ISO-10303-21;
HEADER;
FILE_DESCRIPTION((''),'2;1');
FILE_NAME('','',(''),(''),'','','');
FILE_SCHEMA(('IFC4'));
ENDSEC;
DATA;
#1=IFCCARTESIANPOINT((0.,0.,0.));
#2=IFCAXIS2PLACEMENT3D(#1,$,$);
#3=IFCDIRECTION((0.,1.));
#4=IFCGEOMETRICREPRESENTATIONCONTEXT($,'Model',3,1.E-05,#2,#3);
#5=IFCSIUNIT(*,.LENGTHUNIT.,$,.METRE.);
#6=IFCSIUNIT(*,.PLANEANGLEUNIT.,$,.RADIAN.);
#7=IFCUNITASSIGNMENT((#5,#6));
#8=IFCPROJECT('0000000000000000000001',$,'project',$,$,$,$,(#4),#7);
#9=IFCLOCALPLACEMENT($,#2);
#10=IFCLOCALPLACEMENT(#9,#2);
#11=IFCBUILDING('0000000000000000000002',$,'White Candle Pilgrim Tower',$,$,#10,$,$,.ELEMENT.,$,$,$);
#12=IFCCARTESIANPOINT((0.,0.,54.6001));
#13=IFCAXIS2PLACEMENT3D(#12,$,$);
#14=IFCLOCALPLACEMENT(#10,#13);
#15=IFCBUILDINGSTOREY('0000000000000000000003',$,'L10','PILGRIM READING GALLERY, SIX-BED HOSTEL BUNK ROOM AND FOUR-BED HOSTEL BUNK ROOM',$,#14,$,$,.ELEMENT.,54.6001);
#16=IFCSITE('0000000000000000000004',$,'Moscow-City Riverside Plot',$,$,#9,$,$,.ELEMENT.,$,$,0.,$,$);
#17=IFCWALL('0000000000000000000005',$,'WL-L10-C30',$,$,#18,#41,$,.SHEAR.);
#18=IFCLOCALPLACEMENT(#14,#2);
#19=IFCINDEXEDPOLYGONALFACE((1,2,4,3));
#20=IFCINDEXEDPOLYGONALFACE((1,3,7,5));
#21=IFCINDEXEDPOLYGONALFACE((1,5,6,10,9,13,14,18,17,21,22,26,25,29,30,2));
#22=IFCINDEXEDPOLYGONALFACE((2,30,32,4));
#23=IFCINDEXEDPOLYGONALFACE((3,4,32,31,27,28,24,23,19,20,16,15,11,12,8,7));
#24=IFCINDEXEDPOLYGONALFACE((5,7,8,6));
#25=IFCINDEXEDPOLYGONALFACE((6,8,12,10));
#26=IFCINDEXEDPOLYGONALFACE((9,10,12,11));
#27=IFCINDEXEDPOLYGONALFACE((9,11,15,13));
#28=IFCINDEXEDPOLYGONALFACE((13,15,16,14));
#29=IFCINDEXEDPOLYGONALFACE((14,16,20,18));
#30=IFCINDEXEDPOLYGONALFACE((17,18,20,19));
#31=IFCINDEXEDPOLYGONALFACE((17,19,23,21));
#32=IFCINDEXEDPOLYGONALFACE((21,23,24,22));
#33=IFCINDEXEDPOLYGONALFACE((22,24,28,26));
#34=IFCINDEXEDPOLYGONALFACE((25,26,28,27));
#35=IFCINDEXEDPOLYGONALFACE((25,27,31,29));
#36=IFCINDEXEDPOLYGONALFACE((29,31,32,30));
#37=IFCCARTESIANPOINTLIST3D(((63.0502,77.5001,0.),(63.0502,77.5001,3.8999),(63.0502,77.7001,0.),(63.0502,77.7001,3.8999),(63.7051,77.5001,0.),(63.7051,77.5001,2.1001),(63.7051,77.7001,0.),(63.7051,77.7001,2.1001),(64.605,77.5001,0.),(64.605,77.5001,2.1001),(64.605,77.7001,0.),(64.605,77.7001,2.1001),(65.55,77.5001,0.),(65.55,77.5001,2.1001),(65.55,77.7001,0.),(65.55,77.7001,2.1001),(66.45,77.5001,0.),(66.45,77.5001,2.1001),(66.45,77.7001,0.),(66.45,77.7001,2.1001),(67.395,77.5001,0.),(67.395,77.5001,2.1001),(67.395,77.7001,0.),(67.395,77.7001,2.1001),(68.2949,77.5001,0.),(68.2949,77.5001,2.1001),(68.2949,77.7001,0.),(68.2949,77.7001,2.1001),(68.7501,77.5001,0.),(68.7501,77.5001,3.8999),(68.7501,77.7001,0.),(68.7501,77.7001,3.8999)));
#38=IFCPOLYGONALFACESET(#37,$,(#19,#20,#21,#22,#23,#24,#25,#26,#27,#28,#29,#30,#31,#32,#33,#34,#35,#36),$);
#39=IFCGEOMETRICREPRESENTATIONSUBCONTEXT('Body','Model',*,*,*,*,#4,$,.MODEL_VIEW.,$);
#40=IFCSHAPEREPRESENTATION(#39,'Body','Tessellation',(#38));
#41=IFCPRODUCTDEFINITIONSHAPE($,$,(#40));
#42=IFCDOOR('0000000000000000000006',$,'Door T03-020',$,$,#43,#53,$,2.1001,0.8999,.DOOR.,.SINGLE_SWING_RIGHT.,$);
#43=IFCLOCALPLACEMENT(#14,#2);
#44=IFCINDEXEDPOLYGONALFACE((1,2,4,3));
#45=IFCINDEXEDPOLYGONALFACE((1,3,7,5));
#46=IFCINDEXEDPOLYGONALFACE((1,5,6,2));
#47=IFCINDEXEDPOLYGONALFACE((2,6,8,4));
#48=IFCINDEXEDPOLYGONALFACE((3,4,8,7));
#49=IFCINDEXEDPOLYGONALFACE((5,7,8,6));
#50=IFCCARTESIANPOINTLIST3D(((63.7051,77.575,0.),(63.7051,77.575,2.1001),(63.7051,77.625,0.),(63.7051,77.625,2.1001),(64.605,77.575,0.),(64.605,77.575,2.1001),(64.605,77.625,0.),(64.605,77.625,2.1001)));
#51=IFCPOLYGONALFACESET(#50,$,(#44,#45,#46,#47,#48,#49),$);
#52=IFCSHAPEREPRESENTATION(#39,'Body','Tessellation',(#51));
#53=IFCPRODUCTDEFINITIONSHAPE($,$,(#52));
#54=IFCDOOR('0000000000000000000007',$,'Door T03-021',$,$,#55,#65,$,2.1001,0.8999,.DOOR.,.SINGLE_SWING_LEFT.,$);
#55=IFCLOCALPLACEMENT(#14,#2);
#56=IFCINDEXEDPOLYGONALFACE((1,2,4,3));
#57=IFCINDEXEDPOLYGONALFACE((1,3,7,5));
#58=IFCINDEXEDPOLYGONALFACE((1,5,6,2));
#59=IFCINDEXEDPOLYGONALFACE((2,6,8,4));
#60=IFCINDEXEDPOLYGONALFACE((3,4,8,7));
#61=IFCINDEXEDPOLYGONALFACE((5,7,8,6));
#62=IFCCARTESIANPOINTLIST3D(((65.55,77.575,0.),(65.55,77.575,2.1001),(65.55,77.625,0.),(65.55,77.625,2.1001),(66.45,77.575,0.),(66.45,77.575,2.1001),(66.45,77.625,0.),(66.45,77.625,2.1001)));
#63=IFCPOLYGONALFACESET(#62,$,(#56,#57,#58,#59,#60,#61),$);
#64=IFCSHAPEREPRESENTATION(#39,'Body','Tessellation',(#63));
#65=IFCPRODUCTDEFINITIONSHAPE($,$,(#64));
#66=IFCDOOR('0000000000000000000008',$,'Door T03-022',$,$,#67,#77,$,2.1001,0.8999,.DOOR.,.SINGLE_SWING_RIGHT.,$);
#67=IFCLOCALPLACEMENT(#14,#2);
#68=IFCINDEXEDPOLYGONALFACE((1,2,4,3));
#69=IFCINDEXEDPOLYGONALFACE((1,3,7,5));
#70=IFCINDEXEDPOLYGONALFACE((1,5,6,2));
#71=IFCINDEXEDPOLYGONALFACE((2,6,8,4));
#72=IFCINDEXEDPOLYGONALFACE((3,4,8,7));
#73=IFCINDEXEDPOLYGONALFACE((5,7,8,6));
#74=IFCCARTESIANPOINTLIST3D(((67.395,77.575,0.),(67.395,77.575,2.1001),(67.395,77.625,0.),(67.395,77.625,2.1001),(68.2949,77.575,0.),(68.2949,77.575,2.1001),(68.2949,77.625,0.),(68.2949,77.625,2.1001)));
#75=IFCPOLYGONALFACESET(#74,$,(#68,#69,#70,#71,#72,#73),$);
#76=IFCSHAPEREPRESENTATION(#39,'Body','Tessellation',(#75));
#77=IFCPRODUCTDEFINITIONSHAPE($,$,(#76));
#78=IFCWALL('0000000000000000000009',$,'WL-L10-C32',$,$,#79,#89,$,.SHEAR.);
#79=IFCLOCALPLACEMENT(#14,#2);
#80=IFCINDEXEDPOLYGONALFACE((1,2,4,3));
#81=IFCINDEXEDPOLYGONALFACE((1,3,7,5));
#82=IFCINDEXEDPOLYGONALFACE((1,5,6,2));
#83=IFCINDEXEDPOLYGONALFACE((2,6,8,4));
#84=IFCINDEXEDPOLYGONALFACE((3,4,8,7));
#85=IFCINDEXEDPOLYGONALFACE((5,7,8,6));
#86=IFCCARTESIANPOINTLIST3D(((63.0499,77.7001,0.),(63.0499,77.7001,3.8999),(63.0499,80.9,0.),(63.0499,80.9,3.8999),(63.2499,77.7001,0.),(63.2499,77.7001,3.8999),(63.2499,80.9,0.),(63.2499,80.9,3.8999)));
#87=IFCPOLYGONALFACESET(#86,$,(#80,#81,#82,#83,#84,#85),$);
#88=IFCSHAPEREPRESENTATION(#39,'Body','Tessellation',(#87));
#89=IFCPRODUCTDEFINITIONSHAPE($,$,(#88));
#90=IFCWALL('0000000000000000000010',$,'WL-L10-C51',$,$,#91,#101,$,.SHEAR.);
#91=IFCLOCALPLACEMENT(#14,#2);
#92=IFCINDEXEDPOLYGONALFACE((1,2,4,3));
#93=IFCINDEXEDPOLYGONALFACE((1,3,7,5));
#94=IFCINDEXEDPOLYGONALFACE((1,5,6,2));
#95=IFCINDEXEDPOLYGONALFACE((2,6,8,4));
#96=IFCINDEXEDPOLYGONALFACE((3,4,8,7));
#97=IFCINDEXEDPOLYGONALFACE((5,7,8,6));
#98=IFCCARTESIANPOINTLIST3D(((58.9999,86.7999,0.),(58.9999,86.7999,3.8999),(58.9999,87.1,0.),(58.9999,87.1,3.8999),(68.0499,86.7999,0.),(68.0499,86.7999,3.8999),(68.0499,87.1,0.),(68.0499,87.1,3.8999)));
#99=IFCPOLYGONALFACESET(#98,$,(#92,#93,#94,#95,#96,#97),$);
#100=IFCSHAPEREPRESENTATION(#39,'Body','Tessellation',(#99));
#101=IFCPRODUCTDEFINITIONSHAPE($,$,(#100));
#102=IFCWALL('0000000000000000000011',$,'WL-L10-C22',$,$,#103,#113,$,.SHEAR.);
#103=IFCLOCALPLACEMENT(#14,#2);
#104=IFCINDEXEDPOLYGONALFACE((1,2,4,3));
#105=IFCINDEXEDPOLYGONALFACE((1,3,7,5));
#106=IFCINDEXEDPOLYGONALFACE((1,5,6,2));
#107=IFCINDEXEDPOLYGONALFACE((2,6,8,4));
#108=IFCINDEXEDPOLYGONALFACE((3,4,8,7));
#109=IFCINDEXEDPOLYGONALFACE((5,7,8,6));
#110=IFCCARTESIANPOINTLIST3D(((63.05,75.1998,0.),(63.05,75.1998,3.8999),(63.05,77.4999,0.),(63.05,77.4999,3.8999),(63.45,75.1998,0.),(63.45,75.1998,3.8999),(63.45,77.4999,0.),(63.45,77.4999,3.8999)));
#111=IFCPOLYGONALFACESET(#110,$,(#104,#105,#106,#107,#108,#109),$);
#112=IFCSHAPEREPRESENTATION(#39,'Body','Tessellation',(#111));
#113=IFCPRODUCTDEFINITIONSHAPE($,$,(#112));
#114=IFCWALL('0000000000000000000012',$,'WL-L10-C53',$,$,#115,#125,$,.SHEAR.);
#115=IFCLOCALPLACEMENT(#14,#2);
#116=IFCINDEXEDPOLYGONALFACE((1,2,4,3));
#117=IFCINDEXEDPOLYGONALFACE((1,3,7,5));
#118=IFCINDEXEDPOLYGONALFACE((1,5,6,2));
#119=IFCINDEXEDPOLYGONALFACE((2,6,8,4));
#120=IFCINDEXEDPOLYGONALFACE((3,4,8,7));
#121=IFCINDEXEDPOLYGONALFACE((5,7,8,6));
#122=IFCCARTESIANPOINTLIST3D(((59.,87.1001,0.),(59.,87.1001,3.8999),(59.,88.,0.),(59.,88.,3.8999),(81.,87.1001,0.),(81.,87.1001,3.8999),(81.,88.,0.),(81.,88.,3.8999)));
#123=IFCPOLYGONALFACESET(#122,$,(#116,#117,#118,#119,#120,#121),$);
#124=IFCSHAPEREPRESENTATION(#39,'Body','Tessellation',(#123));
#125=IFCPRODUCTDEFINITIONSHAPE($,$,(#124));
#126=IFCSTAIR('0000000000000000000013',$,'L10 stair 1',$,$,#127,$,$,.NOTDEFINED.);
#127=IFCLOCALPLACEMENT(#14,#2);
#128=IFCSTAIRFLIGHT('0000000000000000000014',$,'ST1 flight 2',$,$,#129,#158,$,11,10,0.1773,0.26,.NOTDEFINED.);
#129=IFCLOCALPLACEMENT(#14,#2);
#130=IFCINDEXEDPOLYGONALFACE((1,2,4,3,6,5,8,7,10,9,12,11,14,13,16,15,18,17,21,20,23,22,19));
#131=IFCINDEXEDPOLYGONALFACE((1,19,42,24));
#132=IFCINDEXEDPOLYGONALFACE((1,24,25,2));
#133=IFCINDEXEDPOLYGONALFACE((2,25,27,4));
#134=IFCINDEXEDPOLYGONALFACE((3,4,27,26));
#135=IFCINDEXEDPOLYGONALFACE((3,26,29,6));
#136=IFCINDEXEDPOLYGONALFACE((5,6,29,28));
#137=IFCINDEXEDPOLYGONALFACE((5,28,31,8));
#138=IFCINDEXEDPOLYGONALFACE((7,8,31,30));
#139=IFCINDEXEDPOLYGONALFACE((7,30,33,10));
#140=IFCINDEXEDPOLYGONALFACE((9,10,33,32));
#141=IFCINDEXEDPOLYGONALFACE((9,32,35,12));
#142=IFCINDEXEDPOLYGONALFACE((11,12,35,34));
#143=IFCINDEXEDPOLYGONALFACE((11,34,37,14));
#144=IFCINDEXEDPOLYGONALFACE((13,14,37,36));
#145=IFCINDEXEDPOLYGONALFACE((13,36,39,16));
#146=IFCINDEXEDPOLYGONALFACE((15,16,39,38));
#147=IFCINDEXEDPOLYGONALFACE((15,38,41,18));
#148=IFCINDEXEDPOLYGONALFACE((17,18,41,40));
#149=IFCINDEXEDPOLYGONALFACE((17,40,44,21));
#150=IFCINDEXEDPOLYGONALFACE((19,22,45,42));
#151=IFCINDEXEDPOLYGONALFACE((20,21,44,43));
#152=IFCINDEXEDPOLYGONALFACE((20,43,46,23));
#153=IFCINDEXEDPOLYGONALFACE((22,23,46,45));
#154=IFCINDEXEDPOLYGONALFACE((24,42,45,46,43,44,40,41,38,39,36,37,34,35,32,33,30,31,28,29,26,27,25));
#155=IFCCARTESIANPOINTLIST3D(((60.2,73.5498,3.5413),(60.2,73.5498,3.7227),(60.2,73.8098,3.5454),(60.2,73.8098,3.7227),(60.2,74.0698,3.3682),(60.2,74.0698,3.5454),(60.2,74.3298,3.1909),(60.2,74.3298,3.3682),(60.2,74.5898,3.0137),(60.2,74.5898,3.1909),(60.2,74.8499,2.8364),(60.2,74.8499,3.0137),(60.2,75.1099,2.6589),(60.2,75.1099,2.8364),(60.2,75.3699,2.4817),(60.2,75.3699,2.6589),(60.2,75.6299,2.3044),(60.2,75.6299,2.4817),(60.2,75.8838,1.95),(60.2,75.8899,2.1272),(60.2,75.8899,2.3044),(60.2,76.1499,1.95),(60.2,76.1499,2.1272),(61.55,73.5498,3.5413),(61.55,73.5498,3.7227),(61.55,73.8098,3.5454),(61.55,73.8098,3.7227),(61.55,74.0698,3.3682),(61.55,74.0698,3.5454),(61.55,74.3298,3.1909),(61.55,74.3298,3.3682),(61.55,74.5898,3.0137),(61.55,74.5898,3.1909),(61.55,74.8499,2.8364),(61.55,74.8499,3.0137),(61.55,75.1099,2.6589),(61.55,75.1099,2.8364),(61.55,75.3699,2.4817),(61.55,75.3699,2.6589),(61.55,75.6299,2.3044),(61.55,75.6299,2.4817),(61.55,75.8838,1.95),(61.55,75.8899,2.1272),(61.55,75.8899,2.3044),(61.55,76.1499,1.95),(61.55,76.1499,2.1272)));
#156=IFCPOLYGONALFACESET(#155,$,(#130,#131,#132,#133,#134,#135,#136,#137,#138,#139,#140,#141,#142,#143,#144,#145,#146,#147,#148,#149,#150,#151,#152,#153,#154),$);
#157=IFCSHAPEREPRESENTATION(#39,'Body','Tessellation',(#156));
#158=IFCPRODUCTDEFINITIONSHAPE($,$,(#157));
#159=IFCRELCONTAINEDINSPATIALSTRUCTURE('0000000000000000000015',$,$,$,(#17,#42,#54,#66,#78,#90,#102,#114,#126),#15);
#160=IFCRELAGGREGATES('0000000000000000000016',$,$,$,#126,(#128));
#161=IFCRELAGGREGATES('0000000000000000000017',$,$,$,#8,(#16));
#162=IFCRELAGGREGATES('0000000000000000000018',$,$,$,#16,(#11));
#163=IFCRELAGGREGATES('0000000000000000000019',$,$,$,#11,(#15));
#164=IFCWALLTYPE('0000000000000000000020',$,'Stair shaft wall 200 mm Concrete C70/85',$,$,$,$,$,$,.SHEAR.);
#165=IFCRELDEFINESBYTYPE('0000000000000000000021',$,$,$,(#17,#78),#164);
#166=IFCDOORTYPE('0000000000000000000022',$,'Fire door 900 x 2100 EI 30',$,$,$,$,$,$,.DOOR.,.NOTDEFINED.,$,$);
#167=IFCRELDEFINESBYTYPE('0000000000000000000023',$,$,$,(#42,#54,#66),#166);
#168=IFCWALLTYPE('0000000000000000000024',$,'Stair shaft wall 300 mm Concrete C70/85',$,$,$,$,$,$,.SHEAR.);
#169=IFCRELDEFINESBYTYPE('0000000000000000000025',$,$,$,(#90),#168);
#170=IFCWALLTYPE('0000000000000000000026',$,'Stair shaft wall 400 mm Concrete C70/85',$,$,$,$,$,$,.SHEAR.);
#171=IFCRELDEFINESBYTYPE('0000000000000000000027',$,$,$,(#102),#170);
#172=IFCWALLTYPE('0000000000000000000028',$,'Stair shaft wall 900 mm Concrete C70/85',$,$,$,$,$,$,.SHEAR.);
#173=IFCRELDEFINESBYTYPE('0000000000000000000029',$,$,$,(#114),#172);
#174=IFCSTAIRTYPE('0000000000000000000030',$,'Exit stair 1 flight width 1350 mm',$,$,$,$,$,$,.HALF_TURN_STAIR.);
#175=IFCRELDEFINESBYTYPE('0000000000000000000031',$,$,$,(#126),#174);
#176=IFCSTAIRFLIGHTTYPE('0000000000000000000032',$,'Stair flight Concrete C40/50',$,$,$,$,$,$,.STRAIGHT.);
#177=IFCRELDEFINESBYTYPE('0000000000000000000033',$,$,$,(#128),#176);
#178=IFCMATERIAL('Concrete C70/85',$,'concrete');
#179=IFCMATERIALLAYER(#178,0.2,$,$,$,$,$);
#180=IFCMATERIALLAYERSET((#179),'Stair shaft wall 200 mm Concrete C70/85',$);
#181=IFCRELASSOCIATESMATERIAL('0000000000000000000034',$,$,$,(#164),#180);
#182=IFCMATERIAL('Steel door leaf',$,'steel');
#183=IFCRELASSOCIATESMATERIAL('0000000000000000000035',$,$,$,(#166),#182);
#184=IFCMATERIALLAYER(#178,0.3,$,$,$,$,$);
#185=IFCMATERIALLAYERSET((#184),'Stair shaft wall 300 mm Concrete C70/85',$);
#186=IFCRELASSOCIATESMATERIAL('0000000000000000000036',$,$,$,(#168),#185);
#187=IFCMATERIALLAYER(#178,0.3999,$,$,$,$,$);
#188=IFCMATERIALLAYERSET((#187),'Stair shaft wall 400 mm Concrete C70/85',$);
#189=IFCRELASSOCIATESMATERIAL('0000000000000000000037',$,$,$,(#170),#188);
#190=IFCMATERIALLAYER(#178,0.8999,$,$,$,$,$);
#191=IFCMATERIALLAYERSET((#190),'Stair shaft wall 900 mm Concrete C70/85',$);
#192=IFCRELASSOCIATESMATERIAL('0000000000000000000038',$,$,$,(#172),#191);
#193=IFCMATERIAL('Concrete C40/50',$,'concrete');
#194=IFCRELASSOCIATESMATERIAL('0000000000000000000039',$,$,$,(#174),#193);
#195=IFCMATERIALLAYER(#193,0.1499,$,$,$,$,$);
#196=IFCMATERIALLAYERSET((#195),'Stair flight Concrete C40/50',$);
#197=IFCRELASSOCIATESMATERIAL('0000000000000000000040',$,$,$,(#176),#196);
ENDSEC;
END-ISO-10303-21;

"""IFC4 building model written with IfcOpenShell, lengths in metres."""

from ifc_helpers import new_model, si_unit, direction, frame, frame_2d, origin, place, context, subcontext, project, spatial, polyline, rectangle, outline, extrude, material, layer, layer_set, type_object, element, fill, aggregate, save


model = new_model("IFC4")

# Units and contexts
model_context = context("Model", 3, precision=1e-05, world=origin(), true_north=direction((0.0, 1.0)))
body_context = subcontext(model_context, "Body", "Model", "MODEL_VIEW")
ifc_project = project(units=[si_unit("LENGTHUNIT", "METRE"), si_unit("PLANEANGLEUNIT", "RADIAN")], contexts=[model_context])

# Site, building, storey
site_placement = place(None, origin())
site = spatial("IfcSite", under=ifc_project, at=site_placement, Name="Moscow-City Riverside Plot", CompositionType="ELEMENT", RefElevation=0.0)
building_placement = place(site_placement, origin())
building = spatial("IfcBuilding", under=site, at=building_placement, Name="White Candle Pilgrim Tower", CompositionType="ELEMENT")
storey_placement = place(building_placement, frame((0.0, 0.0, 54.6001)))
storey = spatial("IfcBuildingStorey", under=building, at=storey_placement, Name="L10", Description="PILGRIM READING GALLERY, SIX-BED HOSTEL BUNK ROOM AND FOUR-BED HOSTEL BUNK ROOM", CompositionType="ELEMENT", Elevation=54.6001)

# Shared definitions
ifc_material_1 = material(Name="Concrete C70/85", Category="concrete")
ifc_material_2 = material(Name="Steel door leaf", Category="steel")

# Wall, openings, doors
ifc_layer_1 = layer(ifc_material_1, 0.2)
ifc_layer_set_1 = layer_set([ifc_layer_1], Name="Stair shaft wall 200 mm Concrete C70/85")
wall_type_1 = type_object("IfcWallType", Name="Stair shaft wall 200 mm Concrete C70/85", PredefinedType="SHEAR", material=ifc_layer_set_1)
wall_1_placement = place(storey_placement, frame((63.05, 77.6001, 0.0), z_axis=(0.0, 0.0, 1.0), x_axis=(1.0, 0.0, 0.0)))
wall_1 = element("IfcWall", 1, at=wall_1_placement, inside=storey, type_object=wall_type_1, Name="WL-L10-C30", PredefinedType="SHEAR", context=body_context, shape_type="SweptSolid", body=[
    extrude(rectangle(XDim=5.7, YDim=0.2, at=frame_2d((2.8501, 0.0))), origin(), (0.0, 0.0, 1.0), 3.8999),
])
opening_1_placement = place(wall_1_placement, frame((0.655, 0.0, 0.0)))
opening_1 = element("IfcOpeningElement", 2, at=opening_1_placement, cuts=wall_1, PredefinedType="OPENING", context=body_context, shape_type="SweptSolid", body=[
    extrude(rectangle(XDim=0.8999, YDim=2.1001, at=frame_2d((0.45, 1.05))), frame((0.0, 0.1099, 0.0), z_axis=(0.0, -1.0, 0.0), x_axis=(1.0, 0.0, 0.0)), (0.0, 0.0, 1.0), 0.22),
])
opening_2_placement = place(wall_1_placement, frame((2.5, 0.0, 0.0)))
opening_2 = element("IfcOpeningElement", 3, at=opening_2_placement, cuts=wall_1, PredefinedType="OPENING", context=body_context, shape_type="SweptSolid", body=[
    extrude(rectangle(XDim=0.8999, YDim=2.1001, at=frame_2d((0.45, 1.05))), frame((0.0, 0.1099, 0.0), z_axis=(0.0, -1.0, 0.0), x_axis=(1.0, 0.0, 0.0)), (0.0, 0.0, 1.0), 0.22),
])
opening_3_placement = place(wall_1_placement, frame((4.345, 0.0, 0.0)))
opening_3 = element("IfcOpeningElement", 4, at=opening_3_placement, cuts=wall_1, PredefinedType="OPENING", context=body_context, shape_type="SweptSolid", body=[
    extrude(rectangle(XDim=0.8999, YDim=2.1001, at=frame_2d((0.45, 1.05))), frame((0.0, 0.1099, 0.0), z_axis=(0.0, -1.0, 0.0), x_axis=(1.0, 0.0, 0.0)), (0.0, 0.0, 1.0), 0.22),
])
door_type_1 = type_object("IfcDoorType", Name="Fire door 900 x 2100 EI 30", OperationType="NOTDEFINED", PredefinedType="DOOR", material=ifc_material_2)
door_1_placement = place(opening_1_placement, origin())
door_1 = element("IfcDoor", 5, at=door_1_placement, inside=storey, type_object=door_type_1, Name="Door T03-020", OperationType="SINGLE_SWING_RIGHT", OverallHeight=2.1001, OverallWidth=0.8999, PredefinedType="DOOR", context=body_context, shape_type="SweptSolid", body=[
    extrude(rectangle(XDim=0.8999, YDim=2.1001, at=frame_2d((0.45, 1.05))), frame((0.0, 0.0249, 0.0), z_axis=(0.0, -1.0, 0.0), x_axis=(1.0, 0.0, 0.0)), (0.0, 0.0, 1.0), 0.05),
])
fill(opening_1, door_1)
door_2_placement = place(opening_2_placement, origin())
door_2 = element("IfcDoor", 6, at=door_2_placement, inside=storey, type_object=door_type_1, Name="Door T03-021", OperationType="SINGLE_SWING_LEFT", OverallHeight=2.1001, OverallWidth=0.8999, PredefinedType="DOOR", context=body_context, shape_type="SweptSolid", body=[
    extrude(rectangle(XDim=0.8999, YDim=2.1001, at=frame_2d((0.45, 1.05))), frame((0.0, 0.0249, 0.0), z_axis=(0.0, -1.0, 0.0), x_axis=(1.0, 0.0, 0.0)), (0.0, 0.0, 1.0), 0.05),
])
fill(opening_2, door_2)
door_3_placement = place(opening_3_placement, origin())
door_3 = element("IfcDoor", 7, at=door_3_placement, inside=storey, type_object=door_type_1, Name="Door T03-022", OperationType="SINGLE_SWING_RIGHT", OverallHeight=2.1001, OverallWidth=0.8999, PredefinedType="DOOR", context=body_context, shape_type="SweptSolid", body=[
    extrude(rectangle(XDim=0.8999, YDim=2.1001, at=frame_2d((0.45, 1.05))), frame((0.0, 0.0249, 0.0), z_axis=(0.0, -1.0, 0.0), x_axis=(1.0, 0.0, 0.0)), (0.0, 0.0, 1.0), 0.05),
])
fill(opening_3, door_3)

# Walls
wall_2_placement = place(storey_placement, frame((63.1499, 77.7, 0.0), z_axis=(0.0, 0.0, 1.0), x_axis=(0.0, 1.0, 0.0)))
element("IfcWall", 8, at=wall_2_placement, inside=storey, type_object=wall_type_1, Name="WL-L10-C32", PredefinedType="SHEAR", context=body_context, shape_type="SweptSolid", body=[
    extrude(rectangle(XDim=3.2, YDim=0.2, at=frame_2d((1.6001, 0.0))), origin(), (0.0, 0.0, 1.0), 3.8999),
])
ifc_layer_2 = layer(ifc_material_1, 0.3)
ifc_layer_set_2 = layer_set([ifc_layer_2], Name="Stair shaft wall 300 mm Concrete C70/85")
wall_type_2 = type_object("IfcWallType", Name="Stair shaft wall 300 mm Concrete C70/85", PredefinedType="SHEAR", material=ifc_layer_set_2)
wall_3_placement = place(storey_placement, frame((59.0, 86.95, 0.0), z_axis=(0.0, 0.0, 1.0), x_axis=(1.0, 0.0, 0.0)))
element("IfcWall", 9, at=wall_3_placement, inside=storey, type_object=wall_type_2, Name="WL-L10-C51", PredefinedType="SHEAR", context=body_context, shape_type="SweptSolid", body=[
    extrude(rectangle(XDim=9.05, YDim=0.3, at=frame_2d((4.5249, 0.0))), origin(), (0.0, 0.0, 1.0), 3.8999),
])
ifc_layer_3 = layer(ifc_material_1, 0.3999)
ifc_layer_set_3 = layer_set([ifc_layer_3], Name="Stair shaft wall 400 mm Concrete C70/85")
wall_type_3 = type_object("IfcWallType", Name="Stair shaft wall 400 mm Concrete C70/85", PredefinedType="SHEAR", material=ifc_layer_set_3)
wall_4_placement = place(storey_placement, frame((63.25, 75.2, 0.0), z_axis=(0.0, 0.0, 1.0), x_axis=(0.0, 1.0, 0.0)))
element("IfcWall", 10, at=wall_4_placement, inside=storey, type_object=wall_type_3, Name="WL-L10-C22", PredefinedType="SHEAR", context=body_context, shape_type="SweptSolid", body=[
    extrude(rectangle(XDim=2.3, YDim=0.3999, at=frame_2d((1.1499, 0.0))), origin(), (0.0, 0.0, 1.0), 3.8999),
])
ifc_layer_4 = layer(ifc_material_1, 0.8999)
ifc_layer_set_4 = layer_set([ifc_layer_4], Name="Stair shaft wall 900 mm Concrete C70/85")
wall_type_4 = type_object("IfcWallType", Name="Stair shaft wall 900 mm Concrete C70/85", PredefinedType="SHEAR", material=ifc_layer_set_4)
wall_5_placement = place(storey_placement, frame((59.0, 87.55, 0.0), z_axis=(0.0, 0.0, 1.0), x_axis=(1.0, 0.0, 0.0)))
element("IfcWall", 11, at=wall_5_placement, inside=storey, type_object=wall_type_4, Name="WL-L10-C53", PredefinedType="SHEAR", context=body_context, shape_type="SweptSolid", body=[
    extrude(rectangle(XDim=22.0, YDim=0.8999, at=frame_2d((11.0, 0.0))), origin(), (0.0, 0.0, 1.0), 3.8999),
])

# Stair, stair flight
ifc_material_3 = material(Name="Concrete C40/50", Category="concrete")
stair_type = type_object("IfcStairType", Name="Exit stair 1 flight width 1350 mm", PredefinedType="HALF_TURN_STAIR", material=ifc_material_3)
stair_placement = place(storey_placement, origin())
stair = element("IfcStair", 12, at=stair_placement, inside=storey, type_object=stair_type, Name="L10 stair 1", PredefinedType="NOTDEFINED")
ifc_layer_5 = layer(ifc_material_3, 0.1499)
ifc_layer_set_5 = layer_set([ifc_layer_5], Name="Stair flight Concrete C40/50")
stair_flight_type = type_object("IfcStairFlightType", Name="Stair flight Concrete C40/50", PredefinedType="STRAIGHT", material=ifc_layer_set_5)
stair_flight_placement = place(storey_placement, frame((60.875, 76.1499, 1.95), z_axis=(0.0, 0.0, 1.0), x_axis=(0.0, -1.0, 0.0)))
stair_flight = element("IfcStairFlight", 13, at=stair_flight_placement, type_object=stair_flight_type, Name="ST1 flight 2", NumberOfRisers=11, NumberOfTreads=10, PredefinedType="NOTDEFINED", RiserHeight=0.1773, TreadLength=0.26, context=body_context, shape_type="SweptSolid", body=[
    extrude(outline(polyline([(0.0, 0.0), (0.0, 0.1772), (0.26, 0.1772), (0.26, 0.3545), (0.52, 0.3545), (0.52, 0.5317), (0.78, 0.5317), (0.78, 0.709), (1.04, 0.709), (1.04, 0.8865), (1.3, 0.8865), (1.3, 1.0637), (1.5601, 1.0637), (1.5601, 1.241), (1.8201, 1.241), (1.8201, 1.4182), (2.0801, 1.4182), (2.0801, 1.5955), (2.3401, 1.5955), (2.3401, 1.7727), (2.6001, 1.7727), (2.6001, 1.95), (2.6001, 1.5913), (0.2661, 0.0), (0.0, 0.0)])), frame((0.0, 0.675, 0.0), z_axis=(0.0, -1.0, 0.0), x_axis=(1.0, 0.0, 0.0)), (0.0, 0.0, 1.0), 1.3501),
])
aggregate(stair, [stair_flight])

save(model, "model.ifc")
